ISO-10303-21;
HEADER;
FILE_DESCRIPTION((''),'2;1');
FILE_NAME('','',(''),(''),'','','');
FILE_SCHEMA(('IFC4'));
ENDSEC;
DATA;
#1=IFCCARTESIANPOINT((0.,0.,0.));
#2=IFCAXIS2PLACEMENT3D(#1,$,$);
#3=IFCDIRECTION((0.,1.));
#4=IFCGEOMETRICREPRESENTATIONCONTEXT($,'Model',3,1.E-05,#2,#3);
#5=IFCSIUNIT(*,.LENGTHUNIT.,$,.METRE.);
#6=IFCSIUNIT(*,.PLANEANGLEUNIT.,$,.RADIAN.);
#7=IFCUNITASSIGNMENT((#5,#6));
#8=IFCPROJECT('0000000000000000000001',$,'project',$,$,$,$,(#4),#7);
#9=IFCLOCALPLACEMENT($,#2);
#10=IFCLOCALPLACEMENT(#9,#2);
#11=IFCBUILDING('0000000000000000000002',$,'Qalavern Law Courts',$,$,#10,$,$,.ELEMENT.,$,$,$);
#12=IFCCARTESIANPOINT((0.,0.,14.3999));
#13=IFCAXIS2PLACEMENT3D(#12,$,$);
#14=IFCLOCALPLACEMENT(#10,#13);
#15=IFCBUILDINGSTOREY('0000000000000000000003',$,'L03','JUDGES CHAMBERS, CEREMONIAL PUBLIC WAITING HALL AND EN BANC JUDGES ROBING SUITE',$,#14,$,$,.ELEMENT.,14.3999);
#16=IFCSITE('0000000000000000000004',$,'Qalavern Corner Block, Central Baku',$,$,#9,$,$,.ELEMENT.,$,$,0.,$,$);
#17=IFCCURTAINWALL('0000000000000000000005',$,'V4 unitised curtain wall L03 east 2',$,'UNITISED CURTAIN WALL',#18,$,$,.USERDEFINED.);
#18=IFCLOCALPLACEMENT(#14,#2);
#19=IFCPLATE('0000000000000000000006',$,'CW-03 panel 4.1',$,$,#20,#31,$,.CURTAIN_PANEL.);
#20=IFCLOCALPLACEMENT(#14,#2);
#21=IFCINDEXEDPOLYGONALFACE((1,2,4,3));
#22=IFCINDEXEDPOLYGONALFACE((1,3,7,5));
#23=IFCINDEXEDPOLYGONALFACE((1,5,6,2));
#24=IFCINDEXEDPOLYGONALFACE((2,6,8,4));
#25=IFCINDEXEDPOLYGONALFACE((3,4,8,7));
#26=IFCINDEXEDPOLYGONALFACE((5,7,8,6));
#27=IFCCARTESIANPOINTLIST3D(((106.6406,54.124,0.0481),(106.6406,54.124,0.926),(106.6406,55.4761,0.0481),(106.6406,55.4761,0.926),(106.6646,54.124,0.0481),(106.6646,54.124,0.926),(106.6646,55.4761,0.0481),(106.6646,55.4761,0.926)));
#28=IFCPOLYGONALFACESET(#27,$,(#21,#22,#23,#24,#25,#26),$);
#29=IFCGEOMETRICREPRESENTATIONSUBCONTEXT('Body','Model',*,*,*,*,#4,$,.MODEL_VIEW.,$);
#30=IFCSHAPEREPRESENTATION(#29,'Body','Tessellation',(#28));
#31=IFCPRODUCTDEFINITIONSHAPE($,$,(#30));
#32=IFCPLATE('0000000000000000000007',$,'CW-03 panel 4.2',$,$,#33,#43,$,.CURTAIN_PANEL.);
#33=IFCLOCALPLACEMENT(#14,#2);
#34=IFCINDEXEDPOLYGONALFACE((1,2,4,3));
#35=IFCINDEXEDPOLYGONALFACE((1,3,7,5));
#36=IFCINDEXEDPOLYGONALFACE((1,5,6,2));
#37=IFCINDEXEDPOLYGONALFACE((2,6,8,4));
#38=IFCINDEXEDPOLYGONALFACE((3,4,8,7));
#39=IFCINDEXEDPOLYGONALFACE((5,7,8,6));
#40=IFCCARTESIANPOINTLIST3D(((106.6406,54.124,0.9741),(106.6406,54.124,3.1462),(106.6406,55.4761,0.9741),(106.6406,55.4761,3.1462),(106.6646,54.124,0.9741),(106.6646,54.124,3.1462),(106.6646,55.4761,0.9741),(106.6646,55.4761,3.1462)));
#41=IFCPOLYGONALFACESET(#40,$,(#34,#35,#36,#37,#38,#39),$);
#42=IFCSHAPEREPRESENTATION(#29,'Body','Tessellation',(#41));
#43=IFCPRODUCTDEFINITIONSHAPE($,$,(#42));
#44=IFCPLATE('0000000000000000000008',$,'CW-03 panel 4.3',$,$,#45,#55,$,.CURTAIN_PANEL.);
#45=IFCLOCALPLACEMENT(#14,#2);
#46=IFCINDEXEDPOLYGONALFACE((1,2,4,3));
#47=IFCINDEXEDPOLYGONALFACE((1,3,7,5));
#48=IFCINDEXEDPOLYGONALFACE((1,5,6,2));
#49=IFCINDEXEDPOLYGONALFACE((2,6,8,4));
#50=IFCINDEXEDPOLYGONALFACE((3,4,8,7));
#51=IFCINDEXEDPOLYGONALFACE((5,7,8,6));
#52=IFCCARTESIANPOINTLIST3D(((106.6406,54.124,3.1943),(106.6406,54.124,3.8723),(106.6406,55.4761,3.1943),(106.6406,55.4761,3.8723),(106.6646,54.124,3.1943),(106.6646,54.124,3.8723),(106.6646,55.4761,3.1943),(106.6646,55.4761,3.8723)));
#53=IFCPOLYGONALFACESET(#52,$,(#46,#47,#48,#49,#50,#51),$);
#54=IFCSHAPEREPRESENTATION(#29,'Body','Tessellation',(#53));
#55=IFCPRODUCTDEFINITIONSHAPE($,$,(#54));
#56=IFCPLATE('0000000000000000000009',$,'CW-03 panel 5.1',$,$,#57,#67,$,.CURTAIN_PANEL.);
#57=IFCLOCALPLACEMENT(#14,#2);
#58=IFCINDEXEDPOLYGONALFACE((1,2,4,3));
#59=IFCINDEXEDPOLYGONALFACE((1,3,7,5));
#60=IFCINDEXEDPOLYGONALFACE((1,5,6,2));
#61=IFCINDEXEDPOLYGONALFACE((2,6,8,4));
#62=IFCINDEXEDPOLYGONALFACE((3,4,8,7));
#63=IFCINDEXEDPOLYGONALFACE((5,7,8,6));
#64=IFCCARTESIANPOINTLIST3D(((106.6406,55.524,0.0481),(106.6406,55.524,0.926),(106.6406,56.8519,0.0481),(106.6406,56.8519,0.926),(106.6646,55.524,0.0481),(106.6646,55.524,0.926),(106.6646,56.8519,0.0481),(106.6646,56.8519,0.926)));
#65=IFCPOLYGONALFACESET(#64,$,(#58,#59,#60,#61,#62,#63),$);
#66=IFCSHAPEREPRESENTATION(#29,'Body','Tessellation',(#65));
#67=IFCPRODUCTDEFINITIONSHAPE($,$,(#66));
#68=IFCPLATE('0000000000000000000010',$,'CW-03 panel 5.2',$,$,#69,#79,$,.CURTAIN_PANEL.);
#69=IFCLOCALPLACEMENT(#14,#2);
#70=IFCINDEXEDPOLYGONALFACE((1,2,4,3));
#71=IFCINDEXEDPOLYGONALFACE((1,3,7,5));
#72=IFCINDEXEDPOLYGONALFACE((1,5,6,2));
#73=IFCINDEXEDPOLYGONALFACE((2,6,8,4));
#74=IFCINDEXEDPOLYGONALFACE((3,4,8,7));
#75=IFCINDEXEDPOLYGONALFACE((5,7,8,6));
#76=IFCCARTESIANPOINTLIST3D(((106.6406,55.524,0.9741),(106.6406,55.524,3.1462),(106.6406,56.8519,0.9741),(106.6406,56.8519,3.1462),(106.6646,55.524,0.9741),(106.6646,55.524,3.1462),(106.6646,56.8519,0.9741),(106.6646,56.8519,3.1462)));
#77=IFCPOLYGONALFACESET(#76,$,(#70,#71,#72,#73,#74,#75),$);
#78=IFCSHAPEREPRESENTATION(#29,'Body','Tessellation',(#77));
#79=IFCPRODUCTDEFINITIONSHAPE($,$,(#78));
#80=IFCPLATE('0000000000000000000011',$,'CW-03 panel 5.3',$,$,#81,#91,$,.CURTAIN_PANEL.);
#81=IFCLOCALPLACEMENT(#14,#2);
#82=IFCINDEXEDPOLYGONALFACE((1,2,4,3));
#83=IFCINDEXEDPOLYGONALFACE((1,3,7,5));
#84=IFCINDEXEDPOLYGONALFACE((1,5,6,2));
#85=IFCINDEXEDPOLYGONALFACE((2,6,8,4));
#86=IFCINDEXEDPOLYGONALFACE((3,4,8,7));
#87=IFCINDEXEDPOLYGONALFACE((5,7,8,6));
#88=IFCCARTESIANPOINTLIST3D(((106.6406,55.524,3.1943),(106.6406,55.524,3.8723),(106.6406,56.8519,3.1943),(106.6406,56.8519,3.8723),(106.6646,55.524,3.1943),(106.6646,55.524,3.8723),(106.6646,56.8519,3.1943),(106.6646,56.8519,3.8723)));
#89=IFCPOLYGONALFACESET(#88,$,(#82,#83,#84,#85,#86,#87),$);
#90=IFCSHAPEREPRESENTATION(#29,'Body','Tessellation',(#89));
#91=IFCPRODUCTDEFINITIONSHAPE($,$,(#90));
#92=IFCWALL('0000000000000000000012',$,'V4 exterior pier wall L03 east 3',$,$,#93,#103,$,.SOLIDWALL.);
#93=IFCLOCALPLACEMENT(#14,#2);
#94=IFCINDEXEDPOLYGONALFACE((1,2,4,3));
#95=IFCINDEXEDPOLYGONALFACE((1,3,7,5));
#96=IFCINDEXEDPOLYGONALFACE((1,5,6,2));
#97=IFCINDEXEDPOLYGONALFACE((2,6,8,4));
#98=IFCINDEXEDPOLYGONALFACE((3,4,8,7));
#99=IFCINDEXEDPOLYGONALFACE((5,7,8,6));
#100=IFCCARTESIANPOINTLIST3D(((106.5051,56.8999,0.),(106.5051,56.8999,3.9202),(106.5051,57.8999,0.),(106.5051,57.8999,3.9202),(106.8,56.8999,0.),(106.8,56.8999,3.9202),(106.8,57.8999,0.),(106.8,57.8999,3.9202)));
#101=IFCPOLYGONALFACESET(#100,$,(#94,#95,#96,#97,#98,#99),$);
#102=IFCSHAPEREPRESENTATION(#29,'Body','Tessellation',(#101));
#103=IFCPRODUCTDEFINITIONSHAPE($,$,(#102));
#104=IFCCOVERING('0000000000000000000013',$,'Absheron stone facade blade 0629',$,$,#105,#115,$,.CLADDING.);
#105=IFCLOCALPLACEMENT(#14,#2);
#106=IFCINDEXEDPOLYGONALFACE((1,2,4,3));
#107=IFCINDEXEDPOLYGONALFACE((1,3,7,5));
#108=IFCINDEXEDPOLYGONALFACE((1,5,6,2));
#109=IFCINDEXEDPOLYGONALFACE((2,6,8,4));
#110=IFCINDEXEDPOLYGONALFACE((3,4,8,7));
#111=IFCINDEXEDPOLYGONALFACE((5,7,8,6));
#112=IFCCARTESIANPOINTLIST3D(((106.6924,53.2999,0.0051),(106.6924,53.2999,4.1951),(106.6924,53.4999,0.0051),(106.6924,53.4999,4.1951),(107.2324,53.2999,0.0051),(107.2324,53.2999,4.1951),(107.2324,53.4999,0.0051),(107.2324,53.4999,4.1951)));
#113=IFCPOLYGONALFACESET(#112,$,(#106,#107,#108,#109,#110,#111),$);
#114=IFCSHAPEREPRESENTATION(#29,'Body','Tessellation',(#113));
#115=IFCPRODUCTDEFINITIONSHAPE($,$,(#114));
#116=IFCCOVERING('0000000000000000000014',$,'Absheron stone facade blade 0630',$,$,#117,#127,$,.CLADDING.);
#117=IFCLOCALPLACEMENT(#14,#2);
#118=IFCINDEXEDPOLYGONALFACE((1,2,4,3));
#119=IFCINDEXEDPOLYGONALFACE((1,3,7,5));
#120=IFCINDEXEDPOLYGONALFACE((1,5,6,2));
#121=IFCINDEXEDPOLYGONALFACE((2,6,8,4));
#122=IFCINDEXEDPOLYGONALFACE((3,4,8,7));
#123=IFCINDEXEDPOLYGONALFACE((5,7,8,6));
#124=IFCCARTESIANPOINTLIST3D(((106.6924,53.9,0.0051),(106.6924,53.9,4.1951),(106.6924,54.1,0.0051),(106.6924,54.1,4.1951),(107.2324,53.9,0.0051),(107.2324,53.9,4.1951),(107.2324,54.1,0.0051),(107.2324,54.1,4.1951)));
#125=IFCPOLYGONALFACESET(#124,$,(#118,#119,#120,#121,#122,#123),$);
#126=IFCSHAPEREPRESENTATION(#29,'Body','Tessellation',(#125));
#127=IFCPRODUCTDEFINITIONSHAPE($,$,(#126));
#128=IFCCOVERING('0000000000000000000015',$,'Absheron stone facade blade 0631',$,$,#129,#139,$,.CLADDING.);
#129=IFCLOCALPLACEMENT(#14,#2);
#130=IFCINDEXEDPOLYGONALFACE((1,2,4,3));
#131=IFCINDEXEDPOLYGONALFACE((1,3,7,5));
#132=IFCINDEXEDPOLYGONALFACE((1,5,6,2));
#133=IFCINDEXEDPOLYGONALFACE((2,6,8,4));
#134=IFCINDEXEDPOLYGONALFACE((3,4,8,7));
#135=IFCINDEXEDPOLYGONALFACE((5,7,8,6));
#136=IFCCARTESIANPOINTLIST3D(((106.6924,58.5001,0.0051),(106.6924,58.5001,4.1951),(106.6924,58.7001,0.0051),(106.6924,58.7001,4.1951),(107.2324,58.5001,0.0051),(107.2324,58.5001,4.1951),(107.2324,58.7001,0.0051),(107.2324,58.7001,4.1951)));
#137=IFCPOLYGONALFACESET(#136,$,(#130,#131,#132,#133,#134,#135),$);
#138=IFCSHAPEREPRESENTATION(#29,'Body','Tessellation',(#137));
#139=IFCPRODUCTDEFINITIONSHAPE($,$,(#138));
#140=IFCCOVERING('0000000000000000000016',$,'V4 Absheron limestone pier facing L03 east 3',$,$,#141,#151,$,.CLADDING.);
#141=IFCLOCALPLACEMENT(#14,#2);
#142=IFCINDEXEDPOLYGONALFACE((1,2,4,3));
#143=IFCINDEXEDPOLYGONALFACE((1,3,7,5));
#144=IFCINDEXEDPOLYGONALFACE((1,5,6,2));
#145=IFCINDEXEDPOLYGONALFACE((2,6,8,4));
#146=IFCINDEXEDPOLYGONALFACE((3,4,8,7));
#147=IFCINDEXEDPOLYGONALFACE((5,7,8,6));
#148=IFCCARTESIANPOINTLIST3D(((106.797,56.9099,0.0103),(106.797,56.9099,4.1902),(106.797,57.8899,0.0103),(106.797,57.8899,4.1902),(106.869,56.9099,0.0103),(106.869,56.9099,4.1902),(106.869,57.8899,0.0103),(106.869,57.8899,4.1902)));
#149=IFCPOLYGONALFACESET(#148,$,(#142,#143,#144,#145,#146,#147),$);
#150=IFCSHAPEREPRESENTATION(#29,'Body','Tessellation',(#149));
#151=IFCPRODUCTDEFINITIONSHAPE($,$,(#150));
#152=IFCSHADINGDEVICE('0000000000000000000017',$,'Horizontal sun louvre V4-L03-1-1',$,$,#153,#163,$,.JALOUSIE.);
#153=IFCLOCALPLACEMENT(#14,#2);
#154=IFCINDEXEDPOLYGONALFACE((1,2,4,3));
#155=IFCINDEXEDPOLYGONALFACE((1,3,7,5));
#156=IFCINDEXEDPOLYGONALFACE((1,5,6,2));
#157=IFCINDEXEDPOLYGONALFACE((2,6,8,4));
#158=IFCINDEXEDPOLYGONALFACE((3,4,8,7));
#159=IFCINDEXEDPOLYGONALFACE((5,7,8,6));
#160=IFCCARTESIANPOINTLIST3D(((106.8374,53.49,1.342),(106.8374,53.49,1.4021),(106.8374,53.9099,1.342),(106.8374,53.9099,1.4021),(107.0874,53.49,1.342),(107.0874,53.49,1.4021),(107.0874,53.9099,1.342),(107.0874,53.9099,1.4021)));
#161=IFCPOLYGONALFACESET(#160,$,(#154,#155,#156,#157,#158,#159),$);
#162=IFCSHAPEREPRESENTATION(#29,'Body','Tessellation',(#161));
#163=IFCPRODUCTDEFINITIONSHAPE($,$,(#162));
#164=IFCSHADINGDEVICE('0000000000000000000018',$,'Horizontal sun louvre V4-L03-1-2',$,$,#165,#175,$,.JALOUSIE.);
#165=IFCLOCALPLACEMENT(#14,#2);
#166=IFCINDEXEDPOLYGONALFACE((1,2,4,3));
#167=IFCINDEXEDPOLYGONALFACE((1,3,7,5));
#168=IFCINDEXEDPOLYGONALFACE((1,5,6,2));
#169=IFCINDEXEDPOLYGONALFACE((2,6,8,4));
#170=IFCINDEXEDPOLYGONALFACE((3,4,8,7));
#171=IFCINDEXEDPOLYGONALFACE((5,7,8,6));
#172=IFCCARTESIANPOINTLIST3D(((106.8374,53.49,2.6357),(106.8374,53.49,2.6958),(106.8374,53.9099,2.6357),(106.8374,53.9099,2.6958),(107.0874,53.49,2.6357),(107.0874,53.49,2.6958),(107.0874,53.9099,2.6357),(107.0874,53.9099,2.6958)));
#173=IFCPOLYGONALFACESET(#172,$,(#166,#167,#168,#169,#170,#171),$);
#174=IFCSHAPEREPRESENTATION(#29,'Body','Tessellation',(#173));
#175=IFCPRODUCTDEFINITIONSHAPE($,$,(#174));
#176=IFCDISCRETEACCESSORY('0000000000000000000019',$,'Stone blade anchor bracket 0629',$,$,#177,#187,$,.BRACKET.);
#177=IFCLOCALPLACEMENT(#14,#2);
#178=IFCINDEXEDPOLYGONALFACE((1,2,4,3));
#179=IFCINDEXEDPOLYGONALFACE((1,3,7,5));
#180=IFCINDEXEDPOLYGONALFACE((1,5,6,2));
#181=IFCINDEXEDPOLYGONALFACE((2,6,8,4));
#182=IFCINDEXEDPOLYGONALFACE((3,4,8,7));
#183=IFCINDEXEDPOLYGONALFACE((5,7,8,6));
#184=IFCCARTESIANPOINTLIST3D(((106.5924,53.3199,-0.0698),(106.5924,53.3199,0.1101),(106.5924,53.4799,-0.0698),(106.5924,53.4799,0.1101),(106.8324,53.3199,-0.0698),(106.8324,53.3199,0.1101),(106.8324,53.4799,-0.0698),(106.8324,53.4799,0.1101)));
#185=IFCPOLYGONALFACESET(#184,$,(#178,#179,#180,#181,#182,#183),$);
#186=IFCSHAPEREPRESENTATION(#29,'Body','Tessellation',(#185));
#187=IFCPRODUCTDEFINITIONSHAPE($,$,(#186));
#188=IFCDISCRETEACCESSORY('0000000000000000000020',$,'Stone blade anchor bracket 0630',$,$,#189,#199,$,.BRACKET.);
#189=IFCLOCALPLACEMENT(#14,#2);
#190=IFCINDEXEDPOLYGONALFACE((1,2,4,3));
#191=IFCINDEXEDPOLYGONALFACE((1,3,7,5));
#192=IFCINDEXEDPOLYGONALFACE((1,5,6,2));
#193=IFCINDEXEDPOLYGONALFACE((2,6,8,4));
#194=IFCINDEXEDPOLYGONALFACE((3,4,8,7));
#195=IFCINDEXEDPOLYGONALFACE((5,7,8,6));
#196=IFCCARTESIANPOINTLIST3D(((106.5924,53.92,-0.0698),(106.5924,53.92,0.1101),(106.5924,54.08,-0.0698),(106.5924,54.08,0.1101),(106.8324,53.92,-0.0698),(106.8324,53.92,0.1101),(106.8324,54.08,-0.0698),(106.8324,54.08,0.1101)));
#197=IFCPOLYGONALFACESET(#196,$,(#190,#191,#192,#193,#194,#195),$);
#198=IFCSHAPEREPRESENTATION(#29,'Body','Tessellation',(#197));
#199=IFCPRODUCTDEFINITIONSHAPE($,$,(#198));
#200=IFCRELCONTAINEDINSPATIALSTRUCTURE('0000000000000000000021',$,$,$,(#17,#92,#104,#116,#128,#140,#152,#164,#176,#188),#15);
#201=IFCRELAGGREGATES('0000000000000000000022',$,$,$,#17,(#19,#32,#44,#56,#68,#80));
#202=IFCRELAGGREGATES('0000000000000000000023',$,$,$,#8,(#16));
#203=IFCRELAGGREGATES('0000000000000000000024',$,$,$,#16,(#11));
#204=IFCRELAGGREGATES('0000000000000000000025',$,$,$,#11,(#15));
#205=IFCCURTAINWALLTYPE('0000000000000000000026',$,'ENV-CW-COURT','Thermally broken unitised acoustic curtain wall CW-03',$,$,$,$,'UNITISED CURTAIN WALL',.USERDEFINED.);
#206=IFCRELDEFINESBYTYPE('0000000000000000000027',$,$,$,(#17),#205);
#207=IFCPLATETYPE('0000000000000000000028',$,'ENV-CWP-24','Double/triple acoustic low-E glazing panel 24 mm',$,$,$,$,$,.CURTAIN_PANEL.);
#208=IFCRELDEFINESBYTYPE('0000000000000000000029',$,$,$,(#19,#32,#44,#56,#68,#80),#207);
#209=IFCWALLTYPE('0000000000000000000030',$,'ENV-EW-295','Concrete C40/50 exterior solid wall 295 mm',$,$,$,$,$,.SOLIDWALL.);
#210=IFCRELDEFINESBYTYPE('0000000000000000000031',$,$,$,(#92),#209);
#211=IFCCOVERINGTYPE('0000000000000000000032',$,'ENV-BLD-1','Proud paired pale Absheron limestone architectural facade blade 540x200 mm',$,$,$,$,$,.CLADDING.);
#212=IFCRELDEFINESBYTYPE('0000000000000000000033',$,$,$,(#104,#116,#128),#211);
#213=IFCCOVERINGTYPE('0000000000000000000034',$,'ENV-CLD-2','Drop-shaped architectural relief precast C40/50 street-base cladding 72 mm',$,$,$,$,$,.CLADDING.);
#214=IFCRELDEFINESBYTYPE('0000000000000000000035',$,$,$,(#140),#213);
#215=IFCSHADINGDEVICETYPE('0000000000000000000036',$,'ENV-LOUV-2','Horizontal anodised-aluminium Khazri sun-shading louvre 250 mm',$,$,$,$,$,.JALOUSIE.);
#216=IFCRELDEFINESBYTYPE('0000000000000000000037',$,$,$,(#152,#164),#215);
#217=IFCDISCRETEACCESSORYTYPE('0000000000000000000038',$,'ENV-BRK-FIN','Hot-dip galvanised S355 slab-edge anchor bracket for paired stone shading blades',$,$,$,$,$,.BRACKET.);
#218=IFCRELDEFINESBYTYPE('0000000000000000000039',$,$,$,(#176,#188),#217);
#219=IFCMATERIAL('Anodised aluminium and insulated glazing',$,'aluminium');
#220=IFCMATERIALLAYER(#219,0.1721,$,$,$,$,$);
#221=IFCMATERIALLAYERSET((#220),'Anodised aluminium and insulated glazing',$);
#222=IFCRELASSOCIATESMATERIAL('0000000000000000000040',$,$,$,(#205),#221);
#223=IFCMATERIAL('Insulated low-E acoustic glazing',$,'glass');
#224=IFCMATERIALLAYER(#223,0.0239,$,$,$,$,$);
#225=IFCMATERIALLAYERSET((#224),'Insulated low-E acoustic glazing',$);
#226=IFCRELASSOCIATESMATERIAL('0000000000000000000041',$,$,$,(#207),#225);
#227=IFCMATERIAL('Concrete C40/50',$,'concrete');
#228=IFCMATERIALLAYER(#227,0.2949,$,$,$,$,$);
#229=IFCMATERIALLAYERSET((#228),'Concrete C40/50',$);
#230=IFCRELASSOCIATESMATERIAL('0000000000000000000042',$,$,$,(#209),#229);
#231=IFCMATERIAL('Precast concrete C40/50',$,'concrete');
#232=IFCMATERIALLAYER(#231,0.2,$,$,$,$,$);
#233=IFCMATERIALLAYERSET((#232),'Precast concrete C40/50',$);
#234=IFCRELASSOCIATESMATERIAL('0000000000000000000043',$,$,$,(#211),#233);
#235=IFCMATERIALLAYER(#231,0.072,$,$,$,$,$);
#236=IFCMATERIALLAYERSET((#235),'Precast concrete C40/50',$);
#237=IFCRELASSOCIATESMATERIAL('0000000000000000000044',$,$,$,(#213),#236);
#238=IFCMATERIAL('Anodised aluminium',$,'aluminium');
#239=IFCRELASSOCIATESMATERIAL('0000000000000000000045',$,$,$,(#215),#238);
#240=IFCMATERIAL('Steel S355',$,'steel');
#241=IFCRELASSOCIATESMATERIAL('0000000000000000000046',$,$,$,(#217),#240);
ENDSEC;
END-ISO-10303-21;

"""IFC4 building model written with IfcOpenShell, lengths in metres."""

from ifc_helpers import new_model, si_unit, direction, frame, frame_2d, origin, origin_2d, place, context, subcontext, project, spatial, rectangle, extrude, material, layer, layer_set, type_object, element, aggregate, save


model = new_model("IFC4")

# Units and contexts
model_context = context("Model", 3, precision=1e-05, world=origin(), true_north=direction((0.0, 1.0)))
body_context = subcontext(model_context, "Body", "Model", "MODEL_VIEW")
ifc_project = project(units=[si_unit("LENGTHUNIT", "METRE"), si_unit("PLANEANGLEUNIT", "RADIAN")], contexts=[model_context])

# Site, building, storey
site_placement = place(None, origin())
site = spatial("IfcSite", under=ifc_project, at=site_placement, Name="Qalavern Corner Block, Central Baku", CompositionType="ELEMENT", RefElevation=0.0)
building_placement = place(site_placement, origin())
building = spatial("IfcBuilding", under=site, at=building_placement, Name="Qalavern Law Courts", CompositionType="ELEMENT")
storey_placement = place(building_placement, frame((0.0, 0.0, 14.3999)))
storey = spatial("IfcBuildingStorey", under=building, at=storey_placement, Name="L03", Description="JUDGES CHAMBERS, CEREMONIAL PUBLIC WAITING HALL AND EN BANC JUDGES ROBING SUITE", CompositionType="ELEMENT", Elevation=14.3999)

# Curtain wall
ifc_material_1 = material(Name="Anodised aluminium and insulated glazing", Category="aluminium")
ifc_layer_1 = layer(ifc_material_1, 0.1721)
ifc_layer_set_1 = layer_set([ifc_layer_1], Name="Anodised aluminium and insulated glazing")
curtain_wall_type = type_object("IfcCurtainWallType", Name="ENV-CW-COURT", Description="Thermally broken unitised acoustic curtain wall CW-03", ElementType="UNITISED CURTAIN WALL", PredefinedType="USERDEFINED", material=ifc_layer_set_1)
curtain_wall_1_placement = place(storey_placement, origin())
curtain_wall_1 = element("IfcCurtainWall", 1, at=curtain_wall_1_placement, inside=storey, type_object=curtain_wall_type, Name="V4 unitised curtain wall L03 east 2", ObjectType="UNITISED CURTAIN WALL", PredefinedType="USERDEFINED")
ifc_material_2 = material(Name="Anodised aluminium", Category="aluminium")

# Shared definitions
ifc_material_3 = material(Name="Steel S355", Category="steel")

# Plates
ifc_material_4 = material(Name="Insulated low-E acoustic glazing", Category="glass")
ifc_layer_2 = layer(ifc_material_4, 0.0239)
ifc_layer_set_2 = layer_set([ifc_layer_2], Name="Insulated low-E acoustic glazing")
plate_type = type_object("IfcPlateType", Name="ENV-CWP-24", Description="Double/triple acoustic low-E glazing panel 24 mm", PredefinedType="CURTAIN_PANEL", material=ifc_layer_set_2)
plate_1_placement = place(storey_placement, frame((106.6526, 54.8, 0.0481), z_axis=(0.0, 0.0, 1.0), x_axis=(0.0, 1.0, 0.0)))
plate_1 = element("IfcPlate", 2, at=plate_1_placement, type_object=plate_type, Name="CW-03 panel 4.1", PredefinedType="CURTAIN_PANEL", context=body_context, shape_type="SweptSolid", body=[
    extrude(rectangle(XDim=1.3521, YDim=0.0239, at=origin_2d()), origin(), (0.0, 0.0, 1.0), 0.8779),
])
plate_2_placement = place(storey_placement, frame((106.6526, 54.8, 0.9741), z_axis=(0.0, 0.0, 1.0), x_axis=(0.0, 1.0, 0.0)))
plate_2 = element("IfcPlate", 3, at=plate_2_placement, type_object=plate_type, Name="CW-03 panel 4.2", PredefinedType="CURTAIN_PANEL", context=body_context, shape_type="SweptSolid", body=[
    extrude(rectangle(XDim=1.3521, YDim=0.0239, at=origin_2d()), origin(), (0.0, 0.0, 1.0), 2.1721),
])
plate_3_placement = place(storey_placement, frame((106.6526, 54.8, 3.1943), z_axis=(0.0, 0.0, 1.0), x_axis=(0.0, 1.0, 0.0)))
plate_3 = element("IfcPlate", 4, at=plate_3_placement, type_object=plate_type, Name="CW-03 panel 4.3", PredefinedType="CURTAIN_PANEL", context=body_context, shape_type="SweptSolid", body=[
    extrude(rectangle(XDim=1.3521, YDim=0.0239, at=origin_2d()), origin(), (0.0, 0.0, 1.0), 0.678),
])
plate_4_placement = place(storey_placement, frame((106.6526, 56.188, 0.0481), z_axis=(0.0, 0.0, 1.0), x_axis=(0.0, 1.0, 0.0)))
plate_4 = element("IfcPlate", 5, at=plate_4_placement, type_object=plate_type, Name="CW-03 panel 5.1", PredefinedType="CURTAIN_PANEL", context=body_context, shape_type="SweptSolid", body=[
    extrude(rectangle(XDim=1.3279, YDim=0.0239, at=origin_2d()), origin(), (0.0, 0.0, 1.0), 0.8779),
])
plate_5_placement = place(storey_placement, frame((106.6526, 56.188, 0.9741), z_axis=(0.0, 0.0, 1.0), x_axis=(0.0, 1.0, 0.0)))
plate_5 = element("IfcPlate", 6, at=plate_5_placement, type_object=plate_type, Name="CW-03 panel 5.2", PredefinedType="CURTAIN_PANEL", context=body_context, shape_type="SweptSolid", body=[
    extrude(rectangle(XDim=1.3279, YDim=0.0239, at=origin_2d()), origin(), (0.0, 0.0, 1.0), 2.1721),
])
plate_6_placement = place(storey_placement, frame((106.6526, 56.188, 3.1943), z_axis=(0.0, 0.0, 1.0), x_axis=(0.0, 1.0, 0.0)))
plate_6 = element("IfcPlate", 7, at=plate_6_placement, type_object=plate_type, Name="CW-03 panel 5.3", PredefinedType="CURTAIN_PANEL", context=body_context, shape_type="SweptSolid", body=[
    extrude(rectangle(XDim=1.3279, YDim=0.0239, at=origin_2d()), origin(), (0.0, 0.0, 1.0), 0.678),
])
aggregate(curtain_wall_1, [plate_1, plate_2, plate_3, plate_4, plate_5, plate_6])

# Wall
ifc_material_5 = material(Name="Concrete C40/50", Category="concrete")
ifc_layer_3 = layer(ifc_material_5, 0.2949)
ifc_layer_set_3 = layer_set([ifc_layer_3], Name="Concrete C40/50")
wall_type = type_object("IfcWallType", Name="ENV-EW-295", Description="Concrete C40/50 exterior solid wall 295 mm", PredefinedType="SOLIDWALL", material=ifc_layer_set_3)
wall_placement = place(storey_placement, frame((106.6526, 56.8999, 0.0), z_axis=(0.0, 0.0, 1.0), x_axis=(0.0, 1.0, 0.0)))
element("IfcWall", 8, at=wall_placement, inside=storey, type_object=wall_type, Name="V4 exterior pier wall L03 east 3", PredefinedType="SOLIDWALL", context=body_context, shape_type="SweptSolid", body=[
    extrude(rectangle(XDim=1.0, YDim=0.2949, at=frame_2d((0.5, 0.0))), origin(), (0.0, 0.0, 1.0), 3.9202),
])

# Coverings
ifc_material_6 = material(Name="Precast concrete C40/50", Category="concrete")
ifc_layer_4 = layer(ifc_material_6, 0.2)
ifc_layer_set_4 = layer_set([ifc_layer_4], Name="Precast concrete C40/50")
covering_type_1 = type_object("IfcCoveringType", Name="ENV-BLD-1", Description="Proud paired pale Absheron limestone architectural facade blade 540x200 mm", PredefinedType="CLADDING", material=ifc_layer_set_4)
for number, where, z_axis, x_axis, name in (
    (9, (106.9624, 53.3999, 0.0051), (0.0, 0.0, 1.0), (1.0, 0.0, 0.0), "Absheron stone facade blade 0629"),
    (10, (106.9624, 54.0, 0.0051), (0.0, 0.0, 1.0), (1.0, 0.0, 0.0), "Absheron stone facade blade 0630"),
    (11, (106.9624, 58.6001, 0.0051), (0.0, 0.0, 1.0), (1.0, 0.0, 0.0), "Absheron stone facade blade 0631"),
):
    element("IfcCovering", number, at=place(storey_placement, frame(where, z_axis=z_axis, x_axis=x_axis)), inside=storey, type_object=covering_type_1, Name=name, PredefinedType="CLADDING", context=body_context, shape_type="SweptSolid", body=[
        extrude(rectangle(XDim=0.54, YDim=0.2, at=origin_2d()), origin(), (0.0, 0.0, 1.0), 4.1899),
    ])
ifc_layer_5 = layer(ifc_material_6, 0.072)
ifc_layer_set_5 = layer_set([ifc_layer_5], Name="Precast concrete C40/50")
covering_type_2 = type_object("IfcCoveringType", Name="ENV-CLD-2", Description="Drop-shaped architectural relief precast C40/50 street-base cladding 72 mm", PredefinedType="CLADDING", material=ifc_layer_set_5)
covering_placement = place(storey_placement, frame((106.833, 57.3999, 0.0103), z_axis=(0.0, 0.0, 1.0), x_axis=(0.0, 1.0, 0.0)))
element("IfcCovering", 12, at=covering_placement, inside=storey, type_object=covering_type_2, Name="V4 Absheron limestone pier facing L03 east 3", PredefinedType="CLADDING", context=body_context, shape_type="SweptSolid", body=[
    extrude(rectangle(XDim=0.98, YDim=0.072, at=origin_2d()), origin(), (0.0, 0.0, 1.0), 4.1799),
])

# Shading devices
shading_device_type = type_object("IfcShadingDeviceType", Name="ENV-LOUV-2", Description="Horizontal anodised-aluminium Khazri sun-shading louvre 250 mm", PredefinedType="JALOUSIE", material=ifc_material_2)
for number, where, z_axis, x_axis, name in (
    (13, (106.9624, 53.7, 1.342), (0.0, 0.0, 1.0), (0.0, 1.0, 0.0), "Horizontal sun louvre V4-L03-1-1"),
    (14, (106.9624, 53.7, 2.6357), (0.0, 0.0, 1.0), (0.0, 1.0, 0.0), "Horizontal sun louvre V4-L03-1-2"),
):
    element("IfcShadingDevice", number, at=place(storey_placement, frame(where, z_axis=z_axis, x_axis=x_axis)), inside=storey, type_object=shading_device_type, Name=name, PredefinedType="JALOUSIE", context=body_context, shape_type="SweptSolid", body=[
        extrude(rectangle(XDim=0.4199, YDim=0.25, at=origin_2d()), origin(), (0.0, 0.0, 1.0), 0.0601),
    ])

# Discrete accessories
discrete_accessory_type = type_object("IfcDiscreteAccessoryType", Name="ENV-BRK-FIN", Description="Hot-dip galvanised S355 slab-edge anchor bracket for paired stone shading blades", PredefinedType="BRACKET", material=ifc_material_3)
for number, where, z_axis, x_axis, name in (
    (15, (106.7124, 53.3999, -0.0698), (0.0, 0.0, 1.0), (1.0, 0.0, 0.0), "Stone blade anchor bracket 0629"),
    (16, (106.7124, 54.0, -0.0698), (0.0, 0.0, 1.0), (1.0, 0.0, 0.0), "Stone blade anchor bracket 0630"),
):
    element("IfcDiscreteAccessory", number, at=place(storey_placement, frame(where, z_axis=z_axis, x_axis=x_axis)), inside=storey, type_object=discrete_accessory_type, Name=name, PredefinedType="BRACKET", context=body_context, shape_type="SweptSolid", body=[
        extrude(rectangle(XDim=0.24, YDim=0.1599, at=origin_2d()), origin(), (0.0, 0.0, 1.0), 0.1799),
    ])

save(model, "model.ifc")
